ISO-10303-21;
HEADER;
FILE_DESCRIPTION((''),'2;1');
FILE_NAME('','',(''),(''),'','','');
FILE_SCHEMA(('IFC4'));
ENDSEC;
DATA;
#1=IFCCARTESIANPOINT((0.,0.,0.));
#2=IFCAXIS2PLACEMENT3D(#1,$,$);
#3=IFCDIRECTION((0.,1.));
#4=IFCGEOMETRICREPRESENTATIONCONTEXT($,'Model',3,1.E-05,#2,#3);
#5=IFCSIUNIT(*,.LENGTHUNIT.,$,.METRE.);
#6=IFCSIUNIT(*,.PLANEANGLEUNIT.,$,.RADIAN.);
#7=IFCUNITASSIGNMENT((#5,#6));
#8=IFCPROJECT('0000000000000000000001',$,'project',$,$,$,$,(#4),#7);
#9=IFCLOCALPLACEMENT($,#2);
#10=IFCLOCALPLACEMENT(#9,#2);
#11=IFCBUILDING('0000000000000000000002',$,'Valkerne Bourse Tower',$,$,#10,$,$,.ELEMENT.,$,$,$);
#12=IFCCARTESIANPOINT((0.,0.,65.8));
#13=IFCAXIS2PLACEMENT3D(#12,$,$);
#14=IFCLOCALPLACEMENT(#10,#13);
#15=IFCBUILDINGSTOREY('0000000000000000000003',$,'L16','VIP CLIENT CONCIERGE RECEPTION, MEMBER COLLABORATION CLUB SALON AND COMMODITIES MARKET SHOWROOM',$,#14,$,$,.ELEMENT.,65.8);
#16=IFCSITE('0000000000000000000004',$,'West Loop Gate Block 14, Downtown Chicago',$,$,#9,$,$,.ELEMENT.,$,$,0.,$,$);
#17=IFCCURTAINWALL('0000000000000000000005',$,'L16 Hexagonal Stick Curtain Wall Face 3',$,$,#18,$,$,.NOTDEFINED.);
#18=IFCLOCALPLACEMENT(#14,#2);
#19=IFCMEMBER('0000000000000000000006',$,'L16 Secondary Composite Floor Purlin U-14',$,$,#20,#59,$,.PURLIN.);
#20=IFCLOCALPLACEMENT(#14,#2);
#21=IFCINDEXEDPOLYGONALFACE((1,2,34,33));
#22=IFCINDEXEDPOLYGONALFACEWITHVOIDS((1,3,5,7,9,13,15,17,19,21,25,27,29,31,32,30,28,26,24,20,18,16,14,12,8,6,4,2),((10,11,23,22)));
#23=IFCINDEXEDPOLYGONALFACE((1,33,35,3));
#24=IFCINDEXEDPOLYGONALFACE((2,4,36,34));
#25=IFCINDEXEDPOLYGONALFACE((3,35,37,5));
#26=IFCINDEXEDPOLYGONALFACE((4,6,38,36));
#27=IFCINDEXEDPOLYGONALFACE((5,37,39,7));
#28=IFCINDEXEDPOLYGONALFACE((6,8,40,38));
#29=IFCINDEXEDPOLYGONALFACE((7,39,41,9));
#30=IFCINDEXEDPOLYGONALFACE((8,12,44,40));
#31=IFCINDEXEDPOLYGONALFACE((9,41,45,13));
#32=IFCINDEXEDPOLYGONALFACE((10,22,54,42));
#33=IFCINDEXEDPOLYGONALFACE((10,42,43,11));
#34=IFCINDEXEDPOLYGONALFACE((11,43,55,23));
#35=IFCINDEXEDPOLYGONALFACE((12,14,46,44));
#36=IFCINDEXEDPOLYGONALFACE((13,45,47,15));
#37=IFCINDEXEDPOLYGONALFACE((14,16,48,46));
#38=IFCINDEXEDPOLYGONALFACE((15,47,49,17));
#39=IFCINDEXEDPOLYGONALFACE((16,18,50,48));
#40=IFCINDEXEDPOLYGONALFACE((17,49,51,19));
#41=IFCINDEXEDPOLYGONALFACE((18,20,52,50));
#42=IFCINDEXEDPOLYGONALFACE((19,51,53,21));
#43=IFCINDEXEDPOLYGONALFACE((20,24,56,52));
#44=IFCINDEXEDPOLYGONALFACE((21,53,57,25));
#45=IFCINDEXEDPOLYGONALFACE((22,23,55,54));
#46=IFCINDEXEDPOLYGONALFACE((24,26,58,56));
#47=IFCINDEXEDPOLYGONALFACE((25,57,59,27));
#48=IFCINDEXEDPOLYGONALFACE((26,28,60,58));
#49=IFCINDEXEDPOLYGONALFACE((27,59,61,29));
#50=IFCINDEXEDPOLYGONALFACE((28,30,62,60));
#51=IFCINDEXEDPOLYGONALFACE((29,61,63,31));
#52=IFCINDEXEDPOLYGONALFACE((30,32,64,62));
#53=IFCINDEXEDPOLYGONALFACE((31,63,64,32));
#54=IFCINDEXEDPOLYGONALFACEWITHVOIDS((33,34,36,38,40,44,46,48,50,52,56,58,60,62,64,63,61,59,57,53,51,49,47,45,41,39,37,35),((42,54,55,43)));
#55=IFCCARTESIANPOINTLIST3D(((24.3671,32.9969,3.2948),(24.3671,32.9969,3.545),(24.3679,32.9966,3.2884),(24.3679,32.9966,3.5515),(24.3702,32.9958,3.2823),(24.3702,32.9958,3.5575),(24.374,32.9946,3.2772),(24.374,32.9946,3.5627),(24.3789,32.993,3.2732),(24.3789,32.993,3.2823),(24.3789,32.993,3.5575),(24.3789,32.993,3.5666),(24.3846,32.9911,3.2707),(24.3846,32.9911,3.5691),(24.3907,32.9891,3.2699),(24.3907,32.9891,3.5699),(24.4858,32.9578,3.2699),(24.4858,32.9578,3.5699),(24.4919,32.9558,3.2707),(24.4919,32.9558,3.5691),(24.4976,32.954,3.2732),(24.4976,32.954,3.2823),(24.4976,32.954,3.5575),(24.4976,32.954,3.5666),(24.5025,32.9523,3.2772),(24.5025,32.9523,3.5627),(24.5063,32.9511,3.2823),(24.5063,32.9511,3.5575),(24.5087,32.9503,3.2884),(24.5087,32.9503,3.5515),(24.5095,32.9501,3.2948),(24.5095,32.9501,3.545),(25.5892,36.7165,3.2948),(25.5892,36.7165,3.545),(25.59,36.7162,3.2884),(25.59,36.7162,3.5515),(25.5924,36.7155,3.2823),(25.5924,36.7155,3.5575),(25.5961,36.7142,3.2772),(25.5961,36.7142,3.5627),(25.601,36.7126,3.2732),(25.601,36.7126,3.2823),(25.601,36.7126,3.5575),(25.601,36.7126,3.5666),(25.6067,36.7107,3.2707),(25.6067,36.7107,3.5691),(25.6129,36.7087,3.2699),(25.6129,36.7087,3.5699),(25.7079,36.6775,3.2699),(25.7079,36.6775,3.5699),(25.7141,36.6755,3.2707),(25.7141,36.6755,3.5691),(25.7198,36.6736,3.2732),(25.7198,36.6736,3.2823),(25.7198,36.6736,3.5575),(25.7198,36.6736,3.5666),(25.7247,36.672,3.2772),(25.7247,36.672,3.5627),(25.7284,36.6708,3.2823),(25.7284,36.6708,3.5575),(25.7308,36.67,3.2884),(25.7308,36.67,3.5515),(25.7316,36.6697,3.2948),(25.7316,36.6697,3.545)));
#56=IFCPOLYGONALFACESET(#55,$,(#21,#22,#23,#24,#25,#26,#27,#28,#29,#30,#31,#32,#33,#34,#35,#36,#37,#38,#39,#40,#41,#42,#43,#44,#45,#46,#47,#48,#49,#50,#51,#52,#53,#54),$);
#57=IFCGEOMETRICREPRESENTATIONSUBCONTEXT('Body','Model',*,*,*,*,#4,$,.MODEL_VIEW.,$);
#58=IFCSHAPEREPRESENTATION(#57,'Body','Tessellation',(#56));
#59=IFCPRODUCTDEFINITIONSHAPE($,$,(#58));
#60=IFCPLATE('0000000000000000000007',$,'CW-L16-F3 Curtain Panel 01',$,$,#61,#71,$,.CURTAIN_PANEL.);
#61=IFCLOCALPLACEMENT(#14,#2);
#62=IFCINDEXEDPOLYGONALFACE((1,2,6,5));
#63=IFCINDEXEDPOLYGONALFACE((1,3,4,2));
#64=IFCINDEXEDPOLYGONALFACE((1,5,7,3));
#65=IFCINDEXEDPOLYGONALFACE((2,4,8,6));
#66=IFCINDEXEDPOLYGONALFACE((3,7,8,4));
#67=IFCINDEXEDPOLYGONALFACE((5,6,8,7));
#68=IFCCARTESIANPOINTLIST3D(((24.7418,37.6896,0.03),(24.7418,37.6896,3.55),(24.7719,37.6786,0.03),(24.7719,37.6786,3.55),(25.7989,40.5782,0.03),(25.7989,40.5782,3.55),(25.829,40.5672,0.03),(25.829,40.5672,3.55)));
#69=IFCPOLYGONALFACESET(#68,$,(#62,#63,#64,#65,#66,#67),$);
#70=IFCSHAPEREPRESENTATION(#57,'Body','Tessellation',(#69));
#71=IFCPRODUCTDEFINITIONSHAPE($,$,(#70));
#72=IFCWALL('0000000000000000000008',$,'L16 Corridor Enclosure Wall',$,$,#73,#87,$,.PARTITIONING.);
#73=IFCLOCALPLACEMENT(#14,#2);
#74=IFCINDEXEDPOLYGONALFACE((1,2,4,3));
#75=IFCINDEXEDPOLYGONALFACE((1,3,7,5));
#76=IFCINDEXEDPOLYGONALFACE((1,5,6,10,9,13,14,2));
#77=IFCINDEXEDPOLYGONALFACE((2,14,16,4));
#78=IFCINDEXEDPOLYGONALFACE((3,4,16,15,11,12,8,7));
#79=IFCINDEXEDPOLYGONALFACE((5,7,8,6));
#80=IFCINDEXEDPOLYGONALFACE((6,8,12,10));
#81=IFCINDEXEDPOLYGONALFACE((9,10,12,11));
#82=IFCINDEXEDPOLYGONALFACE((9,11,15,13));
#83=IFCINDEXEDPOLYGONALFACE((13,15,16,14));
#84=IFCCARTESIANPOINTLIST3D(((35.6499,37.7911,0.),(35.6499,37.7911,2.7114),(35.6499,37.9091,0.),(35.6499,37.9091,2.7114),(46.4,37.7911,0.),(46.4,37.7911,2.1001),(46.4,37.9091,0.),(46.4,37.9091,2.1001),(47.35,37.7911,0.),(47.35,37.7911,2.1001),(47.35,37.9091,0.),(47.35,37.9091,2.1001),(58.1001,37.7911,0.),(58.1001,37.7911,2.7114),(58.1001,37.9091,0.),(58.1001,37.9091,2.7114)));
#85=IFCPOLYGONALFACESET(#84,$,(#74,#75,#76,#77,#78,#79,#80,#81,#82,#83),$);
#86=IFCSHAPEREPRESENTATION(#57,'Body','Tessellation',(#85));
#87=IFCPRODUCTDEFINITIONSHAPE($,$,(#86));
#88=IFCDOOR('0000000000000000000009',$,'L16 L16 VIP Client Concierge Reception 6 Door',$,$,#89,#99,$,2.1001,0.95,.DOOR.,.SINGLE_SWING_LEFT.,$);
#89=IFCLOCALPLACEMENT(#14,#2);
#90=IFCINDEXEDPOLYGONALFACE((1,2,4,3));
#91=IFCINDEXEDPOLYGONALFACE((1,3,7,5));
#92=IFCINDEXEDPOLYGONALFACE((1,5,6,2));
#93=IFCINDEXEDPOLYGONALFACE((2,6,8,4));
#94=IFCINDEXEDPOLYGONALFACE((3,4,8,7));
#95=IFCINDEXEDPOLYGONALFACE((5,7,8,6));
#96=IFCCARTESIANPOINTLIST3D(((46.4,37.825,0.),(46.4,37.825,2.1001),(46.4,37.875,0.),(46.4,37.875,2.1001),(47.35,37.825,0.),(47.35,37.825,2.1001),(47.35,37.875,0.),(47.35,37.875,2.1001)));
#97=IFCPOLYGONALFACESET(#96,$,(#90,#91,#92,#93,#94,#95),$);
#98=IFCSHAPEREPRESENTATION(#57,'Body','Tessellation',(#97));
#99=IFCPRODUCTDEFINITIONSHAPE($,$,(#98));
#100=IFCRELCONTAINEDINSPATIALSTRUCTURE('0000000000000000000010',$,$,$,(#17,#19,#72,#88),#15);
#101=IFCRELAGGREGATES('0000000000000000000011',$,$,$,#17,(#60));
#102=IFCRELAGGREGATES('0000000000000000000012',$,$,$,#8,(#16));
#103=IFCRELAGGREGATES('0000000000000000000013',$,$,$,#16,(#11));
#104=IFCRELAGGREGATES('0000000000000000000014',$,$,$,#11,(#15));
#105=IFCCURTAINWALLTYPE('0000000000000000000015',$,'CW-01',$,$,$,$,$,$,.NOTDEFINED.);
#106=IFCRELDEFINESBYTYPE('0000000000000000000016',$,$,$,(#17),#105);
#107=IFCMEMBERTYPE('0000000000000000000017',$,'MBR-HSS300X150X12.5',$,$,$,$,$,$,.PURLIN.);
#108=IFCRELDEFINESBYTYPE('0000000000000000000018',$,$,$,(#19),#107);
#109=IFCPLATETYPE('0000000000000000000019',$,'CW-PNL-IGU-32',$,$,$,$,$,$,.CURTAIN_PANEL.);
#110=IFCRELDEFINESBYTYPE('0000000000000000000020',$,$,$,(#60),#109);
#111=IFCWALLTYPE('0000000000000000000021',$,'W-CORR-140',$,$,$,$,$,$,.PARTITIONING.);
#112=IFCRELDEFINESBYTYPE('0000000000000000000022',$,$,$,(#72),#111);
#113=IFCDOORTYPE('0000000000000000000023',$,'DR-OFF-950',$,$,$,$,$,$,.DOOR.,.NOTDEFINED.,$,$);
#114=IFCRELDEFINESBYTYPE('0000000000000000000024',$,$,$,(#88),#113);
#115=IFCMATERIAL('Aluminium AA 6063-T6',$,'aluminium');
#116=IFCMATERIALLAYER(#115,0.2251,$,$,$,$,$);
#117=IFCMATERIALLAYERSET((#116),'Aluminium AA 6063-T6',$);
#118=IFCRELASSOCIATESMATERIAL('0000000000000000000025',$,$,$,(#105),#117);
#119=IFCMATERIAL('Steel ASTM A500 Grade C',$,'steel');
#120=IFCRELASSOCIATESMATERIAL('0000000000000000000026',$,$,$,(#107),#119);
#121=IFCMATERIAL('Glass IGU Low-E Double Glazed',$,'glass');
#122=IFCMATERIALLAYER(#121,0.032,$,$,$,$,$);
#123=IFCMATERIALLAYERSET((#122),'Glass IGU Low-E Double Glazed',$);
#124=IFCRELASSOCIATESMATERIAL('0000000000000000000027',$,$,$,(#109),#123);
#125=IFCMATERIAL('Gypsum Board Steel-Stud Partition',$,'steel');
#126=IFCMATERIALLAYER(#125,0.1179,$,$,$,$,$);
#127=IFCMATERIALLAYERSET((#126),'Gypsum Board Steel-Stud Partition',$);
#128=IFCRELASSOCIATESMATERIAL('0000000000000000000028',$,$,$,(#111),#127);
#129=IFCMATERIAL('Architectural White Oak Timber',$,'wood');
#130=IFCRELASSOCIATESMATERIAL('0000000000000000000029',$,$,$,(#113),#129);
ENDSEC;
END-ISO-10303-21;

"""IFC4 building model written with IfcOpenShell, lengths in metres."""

from ifc_helpers import new_model, si_unit, direction, frame, frame_2d, origin, origin_2d, place, context, subcontext, project, spatial, rectangle, hollow_rectangle, extrude, material, layer, layer_set, material_profile, profile_set, type_object, element, fill, aggregate, save


model = new_model("IFC4")

# Units and contexts
model_context = context("Model", 3, precision=1e-05, world=origin(), true_north=direction((0.0, 1.0)))
body_context = subcontext(model_context, "Body", "Model", "MODEL_VIEW")
ifc_project = project(units=[si_unit("LENGTHUNIT", "METRE"), si_unit("PLANEANGLEUNIT", "RADIAN")], contexts=[model_context])

# Site, building, storey
site_placement = place(None, origin())
site = spatial("IfcSite", under=ifc_project, at=site_placement, Name="West Loop Gate Block 14, Downtown Chicago", CompositionType="ELEMENT", RefElevation=0.0)
building_placement = place(site_placement, origin())
building = spatial("IfcBuilding", under=site, at=building_placement, Name="Valkerne Bourse Tower", CompositionType="ELEMENT")
storey_placement = place(building_placement, frame((0.0, 0.0, 65.8)))
storey = spatial("IfcBuildingStorey", under=building, at=storey_placement, Name="L16", Description="VIP CLIENT CONCIERGE RECEPTION, MEMBER COLLABORATION CLUB SALON AND COMMODITIES MARKET SHOWROOM", CompositionType="ELEMENT", Elevation=65.8)

# Curtain wall
ifc_material_1 = material(Name="Aluminium AA 6063-T6", Category="aluminium")
ifc_layer_1 = layer(ifc_material_1, 0.2251)
ifc_layer_set_1 = layer_set([ifc_layer_1], Name="Aluminium AA 6063-T6")
curtain_wall_type = type_object("IfcCurtainWallType", Name="CW-01", PredefinedType="NOTDEFINED", material=ifc_layer_set_1)
curtain_wall_placement = place(storey_placement, origin())
curtain_wall = element("IfcCurtainWall", 1, at=curtain_wall_placement, inside=storey, type_object=curtain_wall_type, Name="L16 Hexagonal Stick Curtain Wall Face 3", PredefinedType="NOTDEFINED")

# Member
ifc_material_2 = material(Name="Steel ASTM A500 Grade C", Category="steel")
ifc_material_profile_1 = material_profile(ifc_material_2, hollow_rectangle(XDim=0.1499, YDim=0.3, WallThickness=0.0125, OuterFilletRadius=0.0249, at=origin_2d()), Name="HSS300X150X12.5")
ifc_profile_set_1 = profile_set([ifc_material_profile_1], Name="Steel ASTM A500 Grade C")
member_type_1 = type_object("IfcMemberType", Name="MBR-HSS300X150X12.5", PredefinedType="PURLIN", material=ifc_profile_set_1)
member_1_placement = place(storey_placement, frame((25.6604, 36.6931, 3.4199), z_axis=(-0.312147, -0.950034, 0.0), x_axis=(0.950034, -0.312147, 0.0)))
element("IfcMember", 2, at=member_1_placement, inside=storey, type_object=member_type_1, Name="L16 Secondary Composite Floor Purlin U-14", PredefinedType="PURLIN", context=body_context, shape_type="SweptSolid", body=[
    extrude(hollow_rectangle(XDim=0.1499, YDim=0.3, WallThickness=0.0125, OuterFilletRadius=0.0249, at=origin_2d()), origin(), (0.0, 0.0, 1.0), 3.9153),
])

# Plate
ifc_material_3 = material(Name="Glass IGU Low-E Double Glazed", Category="glass")
ifc_layer_2 = layer(ifc_material_3, 0.032)
ifc_layer_set_2 = layer_set([ifc_layer_2], Name="Glass IGU Low-E Double Glazed")
plate_type = type_object("IfcPlateType", Name="CW-PNL-IGU-32", PredefinedType="CURTAIN_PANEL", material=ifc_layer_set_2)
plate_placement = place(storey_placement, frame((25.2854, 39.1284, 0.03), z_axis=(0.0, 0.0, 1.0), x_axis=(-0.343669, -0.939091, 0.0)))
plate = element("IfcPlate", 3, at=plate_placement, type_object=plate_type, Name="CW-L16-F3 Curtain Panel 01", PredefinedType="CURTAIN_PANEL", context=body_context, shape_type="SweptSolid", body=[
    extrude(rectangle(XDim=3.0759, YDim=0.032, at=origin_2d()), origin(), (0.0, 0.0, 1.0), 3.52),
])
aggregate(curtain_wall, [plate])

# Wall, opening, door
ifc_material_4 = material(Name="Gypsum Board Steel-Stud Partition", Category="steel")
ifc_layer_3 = layer(ifc_material_4, 0.1179)
ifc_layer_set_3 = layer_set([ifc_layer_3], Name="Gypsum Board Steel-Stud Partition")
wall_type = type_object("IfcWallType", Name="W-CORR-140", PredefinedType="PARTITIONING", material=ifc_layer_set_3)
wall_placement = place(storey_placement, frame((35.6499, 37.8501, 0.0), z_axis=(0.0, 0.0, 1.0), x_axis=(1.0, 0.0, 0.0)))
wall = element("IfcWall", 4, at=wall_placement, inside=storey, type_object=wall_type, Name="L16 Corridor Enclosure Wall", PredefinedType="PARTITIONING", context=body_context, shape_type="SweptSolid", body=[
    extrude(rectangle(XDim=22.4502, YDim=0.1179, at=frame_2d((11.2251, 0.0))), origin(), (0.0, 0.0, 1.0), 2.7114),
])
opening_placement = place(wall_placement, frame((10.75, 0.0, 0.0)))
opening = element("IfcOpeningElement", 5, at=opening_placement, cuts=wall, PredefinedType="OPENING", context=body_context, shape_type="SweptSolid", body=[
    extrude(rectangle(XDim=0.95, YDim=2.1001, at=frame_2d((0.4751, 1.05))), frame((0.0, 0.0688, 0.0), z_axis=(0.0, -1.0, 0.0), x_axis=(1.0, 0.0, 0.0)), (0.0, 0.0, 1.0), 0.1379),
])
ifc_material_5 = material(Name="Architectural White Oak Timber", Category="wood")
door_type = type_object("IfcDoorType", Name="DR-OFF-950", OperationType="NOTDEFINED", PredefinedType="DOOR", material=ifc_material_5)
door_placement = place(opening_placement, origin())
door = element("IfcDoor", 6, at=door_placement, inside=storey, type_object=door_type, Name="L16 L16 VIP Client Concierge Reception 6 Door", OperationType="SINGLE_SWING_LEFT", OverallHeight=2.1001, OverallWidth=0.95, PredefinedType="DOOR", context=body_context, shape_type="SweptSolid", body=[
    extrude(rectangle(XDim=0.95, YDim=2.1001, at=frame_2d((0.4751, 1.05))), frame((0.0, 0.0249, 0.0), z_axis=(0.0, -1.0, 0.0), x_axis=(1.0, 0.0, 0.0)), (0.0, 0.0, 1.0), 0.05),
])
fill(opening, door)

save(model, "model.ifc")
